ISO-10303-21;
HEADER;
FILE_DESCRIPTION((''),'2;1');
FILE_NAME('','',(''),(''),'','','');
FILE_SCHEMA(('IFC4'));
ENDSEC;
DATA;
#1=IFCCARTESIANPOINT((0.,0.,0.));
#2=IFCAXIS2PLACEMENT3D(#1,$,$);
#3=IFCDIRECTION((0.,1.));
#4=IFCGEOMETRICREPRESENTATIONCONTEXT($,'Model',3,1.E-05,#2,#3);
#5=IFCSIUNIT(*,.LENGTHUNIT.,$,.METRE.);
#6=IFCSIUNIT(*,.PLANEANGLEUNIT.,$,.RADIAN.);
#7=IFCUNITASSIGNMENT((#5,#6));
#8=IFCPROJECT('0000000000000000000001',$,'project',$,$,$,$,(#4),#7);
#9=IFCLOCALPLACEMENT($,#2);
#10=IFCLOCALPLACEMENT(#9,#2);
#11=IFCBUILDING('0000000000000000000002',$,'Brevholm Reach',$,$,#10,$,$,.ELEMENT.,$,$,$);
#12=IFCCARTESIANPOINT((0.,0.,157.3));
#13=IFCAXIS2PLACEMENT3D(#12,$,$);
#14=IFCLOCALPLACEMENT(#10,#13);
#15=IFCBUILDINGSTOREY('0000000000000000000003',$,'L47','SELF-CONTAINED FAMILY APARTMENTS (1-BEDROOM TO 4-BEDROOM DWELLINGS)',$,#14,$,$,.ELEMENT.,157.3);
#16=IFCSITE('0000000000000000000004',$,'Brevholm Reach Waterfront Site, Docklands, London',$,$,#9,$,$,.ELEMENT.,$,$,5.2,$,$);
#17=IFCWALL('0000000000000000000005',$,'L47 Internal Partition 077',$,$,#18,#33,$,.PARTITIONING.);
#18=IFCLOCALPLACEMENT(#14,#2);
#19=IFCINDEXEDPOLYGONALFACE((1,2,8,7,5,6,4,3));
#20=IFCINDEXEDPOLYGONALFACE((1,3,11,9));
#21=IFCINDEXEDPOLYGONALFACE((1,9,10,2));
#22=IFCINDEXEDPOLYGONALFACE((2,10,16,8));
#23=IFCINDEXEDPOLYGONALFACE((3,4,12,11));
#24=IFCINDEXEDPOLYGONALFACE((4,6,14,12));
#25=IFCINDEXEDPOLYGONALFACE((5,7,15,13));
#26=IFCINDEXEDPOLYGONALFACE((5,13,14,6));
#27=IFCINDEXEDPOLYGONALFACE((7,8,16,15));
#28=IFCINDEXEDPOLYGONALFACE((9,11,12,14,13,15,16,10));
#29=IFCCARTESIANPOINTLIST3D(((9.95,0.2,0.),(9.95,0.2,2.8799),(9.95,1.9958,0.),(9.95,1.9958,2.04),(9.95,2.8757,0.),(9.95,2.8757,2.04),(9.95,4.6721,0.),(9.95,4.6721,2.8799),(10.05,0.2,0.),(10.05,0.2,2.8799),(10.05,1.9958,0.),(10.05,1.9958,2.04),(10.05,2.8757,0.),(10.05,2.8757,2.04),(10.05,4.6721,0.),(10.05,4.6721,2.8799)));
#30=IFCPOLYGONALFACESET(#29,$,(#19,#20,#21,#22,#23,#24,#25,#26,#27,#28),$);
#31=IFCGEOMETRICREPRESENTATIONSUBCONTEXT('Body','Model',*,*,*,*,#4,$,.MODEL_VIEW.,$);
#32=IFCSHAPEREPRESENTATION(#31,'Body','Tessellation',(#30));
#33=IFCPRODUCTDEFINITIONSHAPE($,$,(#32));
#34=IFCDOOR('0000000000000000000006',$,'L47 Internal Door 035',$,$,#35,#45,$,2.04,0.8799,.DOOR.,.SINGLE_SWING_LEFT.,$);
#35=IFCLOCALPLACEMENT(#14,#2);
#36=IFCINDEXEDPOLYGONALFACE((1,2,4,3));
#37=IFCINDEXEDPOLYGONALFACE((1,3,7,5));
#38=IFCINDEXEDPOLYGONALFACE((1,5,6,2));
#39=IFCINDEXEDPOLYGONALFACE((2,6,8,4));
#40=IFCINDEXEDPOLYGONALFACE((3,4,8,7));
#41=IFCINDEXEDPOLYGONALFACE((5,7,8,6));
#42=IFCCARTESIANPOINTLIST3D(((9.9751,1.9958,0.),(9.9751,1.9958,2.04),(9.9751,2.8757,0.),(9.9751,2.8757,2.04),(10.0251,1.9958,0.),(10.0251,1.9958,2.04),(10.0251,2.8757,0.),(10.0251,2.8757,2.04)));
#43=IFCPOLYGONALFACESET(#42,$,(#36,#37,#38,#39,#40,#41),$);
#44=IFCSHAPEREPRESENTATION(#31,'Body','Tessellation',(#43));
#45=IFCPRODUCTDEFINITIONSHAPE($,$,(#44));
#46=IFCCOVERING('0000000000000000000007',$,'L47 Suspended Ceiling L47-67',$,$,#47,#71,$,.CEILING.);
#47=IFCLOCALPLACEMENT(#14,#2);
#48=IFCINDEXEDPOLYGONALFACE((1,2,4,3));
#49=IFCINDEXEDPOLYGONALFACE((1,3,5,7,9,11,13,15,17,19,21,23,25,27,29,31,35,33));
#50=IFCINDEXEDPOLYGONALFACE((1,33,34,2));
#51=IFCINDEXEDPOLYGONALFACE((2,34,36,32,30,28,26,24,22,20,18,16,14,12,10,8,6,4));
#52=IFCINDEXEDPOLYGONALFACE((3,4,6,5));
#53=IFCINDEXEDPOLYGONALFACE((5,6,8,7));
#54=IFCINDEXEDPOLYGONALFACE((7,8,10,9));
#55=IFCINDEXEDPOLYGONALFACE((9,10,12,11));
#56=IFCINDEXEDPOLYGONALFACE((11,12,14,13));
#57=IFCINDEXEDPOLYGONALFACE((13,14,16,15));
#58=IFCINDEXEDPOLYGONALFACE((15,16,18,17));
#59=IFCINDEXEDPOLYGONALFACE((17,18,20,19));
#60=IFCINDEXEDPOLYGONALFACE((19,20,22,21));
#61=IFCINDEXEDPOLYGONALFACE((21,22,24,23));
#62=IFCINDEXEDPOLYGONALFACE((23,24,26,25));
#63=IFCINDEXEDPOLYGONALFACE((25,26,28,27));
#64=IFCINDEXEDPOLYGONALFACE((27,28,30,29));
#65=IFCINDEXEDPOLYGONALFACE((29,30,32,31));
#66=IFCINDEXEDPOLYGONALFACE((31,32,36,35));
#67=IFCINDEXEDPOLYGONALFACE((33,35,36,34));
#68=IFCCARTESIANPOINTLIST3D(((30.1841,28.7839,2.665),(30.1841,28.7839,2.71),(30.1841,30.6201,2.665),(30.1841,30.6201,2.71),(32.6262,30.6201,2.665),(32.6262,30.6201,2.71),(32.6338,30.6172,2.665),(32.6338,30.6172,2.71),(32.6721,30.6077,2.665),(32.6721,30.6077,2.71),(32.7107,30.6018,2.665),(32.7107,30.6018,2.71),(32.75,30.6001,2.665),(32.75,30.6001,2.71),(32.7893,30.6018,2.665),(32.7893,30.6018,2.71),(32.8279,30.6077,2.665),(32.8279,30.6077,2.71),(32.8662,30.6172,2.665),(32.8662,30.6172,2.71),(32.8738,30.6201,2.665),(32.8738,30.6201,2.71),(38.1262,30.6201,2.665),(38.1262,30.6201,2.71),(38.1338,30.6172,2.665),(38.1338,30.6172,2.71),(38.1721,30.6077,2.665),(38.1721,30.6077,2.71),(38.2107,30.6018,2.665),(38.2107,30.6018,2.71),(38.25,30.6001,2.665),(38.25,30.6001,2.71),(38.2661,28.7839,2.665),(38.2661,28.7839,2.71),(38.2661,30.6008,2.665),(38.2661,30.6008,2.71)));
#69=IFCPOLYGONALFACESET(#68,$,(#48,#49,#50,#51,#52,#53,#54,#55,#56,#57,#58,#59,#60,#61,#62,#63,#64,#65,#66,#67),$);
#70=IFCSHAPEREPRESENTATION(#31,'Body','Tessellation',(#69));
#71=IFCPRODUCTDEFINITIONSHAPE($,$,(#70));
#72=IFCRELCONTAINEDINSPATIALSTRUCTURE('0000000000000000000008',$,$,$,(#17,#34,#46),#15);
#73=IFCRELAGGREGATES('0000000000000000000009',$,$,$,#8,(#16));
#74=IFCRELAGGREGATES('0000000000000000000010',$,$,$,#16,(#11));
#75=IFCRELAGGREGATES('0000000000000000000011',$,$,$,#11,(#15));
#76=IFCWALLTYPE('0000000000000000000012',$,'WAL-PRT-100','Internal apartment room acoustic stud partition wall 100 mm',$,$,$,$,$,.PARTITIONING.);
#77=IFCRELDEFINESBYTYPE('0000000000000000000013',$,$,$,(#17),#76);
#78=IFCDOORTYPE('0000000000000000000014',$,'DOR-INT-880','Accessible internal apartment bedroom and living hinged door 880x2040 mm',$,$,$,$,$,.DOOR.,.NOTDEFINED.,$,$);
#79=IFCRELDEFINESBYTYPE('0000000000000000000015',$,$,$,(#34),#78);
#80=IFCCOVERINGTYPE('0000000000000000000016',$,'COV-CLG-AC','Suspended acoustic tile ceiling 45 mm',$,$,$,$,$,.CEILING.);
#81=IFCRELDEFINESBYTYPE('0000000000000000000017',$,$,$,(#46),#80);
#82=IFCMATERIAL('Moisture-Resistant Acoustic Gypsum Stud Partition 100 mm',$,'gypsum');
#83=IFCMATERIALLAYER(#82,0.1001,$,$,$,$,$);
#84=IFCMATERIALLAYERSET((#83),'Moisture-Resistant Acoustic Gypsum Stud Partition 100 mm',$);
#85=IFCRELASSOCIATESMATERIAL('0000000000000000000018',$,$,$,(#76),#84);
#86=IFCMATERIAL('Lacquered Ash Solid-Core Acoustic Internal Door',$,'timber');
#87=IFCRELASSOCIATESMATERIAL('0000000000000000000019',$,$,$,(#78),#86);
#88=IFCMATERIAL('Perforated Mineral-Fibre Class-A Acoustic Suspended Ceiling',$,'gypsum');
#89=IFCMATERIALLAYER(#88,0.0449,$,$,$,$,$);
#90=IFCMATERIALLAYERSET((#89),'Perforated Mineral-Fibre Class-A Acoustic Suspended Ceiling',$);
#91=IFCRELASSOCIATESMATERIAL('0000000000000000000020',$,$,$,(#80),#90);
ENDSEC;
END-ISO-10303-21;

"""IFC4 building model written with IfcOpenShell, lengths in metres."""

from ifc_helpers import new_model, si_unit, direction, frame, frame_2d, origin, place, context, subcontext, project, spatial, polyline, rectangle, outline, extrude, material, layer, layer_set, type_object, element, fill, save


model = new_model("IFC4")

# Units and contexts
model_context = context("Model", 3, precision=1e-05, world=origin(), true_north=direction((0.0, 1.0)))
body_context = subcontext(model_context, "Body", "Model", "MODEL_VIEW")
ifc_project = project(units=[si_unit("LENGTHUNIT", "METRE"), si_unit("PLANEANGLEUNIT", "RADIAN")], contexts=[model_context])

# Site, building, storey
site_placement = place(None, origin())
site = spatial("IfcSite", under=ifc_project, at=site_placement, Name="Brevholm Reach Waterfront Site, Docklands, London", CompositionType="ELEMENT", RefElevation=5.2)
building_placement = place(site_placement, origin())
building = spatial("IfcBuilding", under=site, at=building_placement, Name="Brevholm Reach", CompositionType="ELEMENT")
storey_placement = place(building_placement, frame((0.0, 0.0, 157.3)))
storey = spatial("IfcBuildingStorey", under=building, at=storey_placement, Name="L47", Description="SELF-CONTAINED FAMILY APARTMENTS (1-BEDROOM TO 4-BEDROOM DWELLINGS)", CompositionType="ELEMENT", Elevation=157.3)

# Shared definitions
ifc_material_1 = material(Name="Moisture-Resistant Acoustic Gypsum Stud Partition 100 mm", Category="gypsum")
ifc_layer_1 = layer(ifc_material_1, 0.1001)
ifc_layer_set_1 = layer_set([ifc_layer_1], Name="Moisture-Resistant Acoustic Gypsum Stud Partition 100 mm")
wall_type_1 = type_object("IfcWallType", Name="WAL-PRT-100", Description="Internal apartment room acoustic stud partition wall 100 mm", PredefinedType="PARTITIONING", material=ifc_layer_set_1)

# Wall, opening, door
wall_1_placement = place(storey_placement, frame((10.0, 0.2, 0.0), z_axis=(0.0, 0.0, 1.0), x_axis=(0.0, 1.0, 0.0)))
wall_1 = element("IfcWall", 1, at=wall_1_placement, inside=storey, type_object=wall_type_1, Name="L47 Internal Partition 077", PredefinedType="PARTITIONING", context=body_context, shape_type="SweptSolid", body=[
    extrude(rectangle(XDim=4.4722, YDim=0.1001, at=frame_2d((2.2361, 0.0))), origin(), (0.0, 0.0, 1.0), 2.8799),
])
opening_1_placement = place(wall_1_placement, frame((1.7959, 0.0, 0.0)))
opening_1 = element("IfcOpeningElement", 2, at=opening_1_placement, cuts=wall_1, PredefinedType="OPENING", context=body_context, shape_type="SweptSolid", body=[
    extrude(rectangle(XDim=0.8799, YDim=2.04, at=frame_2d((0.4399, 1.02))), frame((0.0, 0.0601, 0.0), z_axis=(0.0, -1.0, 0.0), x_axis=(1.0, 0.0, 0.0)), (0.0, 0.0, 1.0), 0.1201),
])
ifc_material_2 = material(Name="Lacquered Ash Solid-Core Acoustic Internal Door", Category="timber")
door_type_1 = type_object("IfcDoorType", Name="DOR-INT-880", Description="Accessible internal apartment bedroom and living hinged door 880x2040 mm", OperationType="NOTDEFINED", PredefinedType="DOOR", material=ifc_material_2)
door_1_placement = place(opening_1_placement, origin())
door_1 = element("IfcDoor", 3, at=door_1_placement, inside=storey, type_object=door_type_1, Name="L47 Internal Door 035", OperationType="SINGLE_SWING_LEFT", OverallHeight=2.04, OverallWidth=0.8799, PredefinedType="DOOR", context=body_context, shape_type="SweptSolid", body=[
    extrude(rectangle(XDim=0.8799, YDim=2.04, at=frame_2d((0.4399, 1.02))), frame((0.0, 0.0249, 0.0), z_axis=(0.0, -1.0, 0.0), x_axis=(1.0, 0.0, 0.0)), (0.0, 0.0, 1.0), 0.05),
])
fill(opening_1, door_1)

# Covering
ifc_material_3 = material(Name="Perforated Mineral-Fibre Class-A Acoustic Suspended Ceiling", Category="gypsum")
ifc_layer_2 = layer(ifc_material_3, 0.0449)
ifc_layer_set_2 = layer_set([ifc_layer_2], Name="Perforated Mineral-Fibre Class-A Acoustic Suspended Ceiling")
covering_type_1 = type_object("IfcCoveringType", Name="COV-CLG-AC", Description="Suspended acoustic tile ceiling 45 mm", PredefinedType="CEILING", material=ifc_layer_set_2)
covering_1_placement = place(storey_placement, frame((0.0, 0.0, 2.665)))
element("IfcCovering", 4, at=covering_1_placement, inside=storey, type_object=covering_type_1, Name="L47 Suspended Ceiling L47-67", PredefinedType="CEILING", context=body_context, shape_type="SweptSolid", body=[
    extrude(outline(polyline([(32.6262, 30.6201), (32.6338, 30.6172), (32.6721, 30.6077), (32.7107, 30.6018), (32.75, 30.6001), (32.7893, 30.6018), (32.8279, 30.6077), (32.8662, 30.6172), (32.8738, 30.6201), (38.1262, 30.6201), (38.1338, 30.6172), (38.1721, 30.6077), (38.2107, 30.6018), (38.25, 30.6001), (38.2661, 30.6008), (38.2661, 28.7839), (30.1841, 28.7839), (30.1841, 30.6201), (32.6262, 30.6201)])), origin(), (0.0, 0.0, 1.0), 0.0449),
])

save(model, "model.ifc")
